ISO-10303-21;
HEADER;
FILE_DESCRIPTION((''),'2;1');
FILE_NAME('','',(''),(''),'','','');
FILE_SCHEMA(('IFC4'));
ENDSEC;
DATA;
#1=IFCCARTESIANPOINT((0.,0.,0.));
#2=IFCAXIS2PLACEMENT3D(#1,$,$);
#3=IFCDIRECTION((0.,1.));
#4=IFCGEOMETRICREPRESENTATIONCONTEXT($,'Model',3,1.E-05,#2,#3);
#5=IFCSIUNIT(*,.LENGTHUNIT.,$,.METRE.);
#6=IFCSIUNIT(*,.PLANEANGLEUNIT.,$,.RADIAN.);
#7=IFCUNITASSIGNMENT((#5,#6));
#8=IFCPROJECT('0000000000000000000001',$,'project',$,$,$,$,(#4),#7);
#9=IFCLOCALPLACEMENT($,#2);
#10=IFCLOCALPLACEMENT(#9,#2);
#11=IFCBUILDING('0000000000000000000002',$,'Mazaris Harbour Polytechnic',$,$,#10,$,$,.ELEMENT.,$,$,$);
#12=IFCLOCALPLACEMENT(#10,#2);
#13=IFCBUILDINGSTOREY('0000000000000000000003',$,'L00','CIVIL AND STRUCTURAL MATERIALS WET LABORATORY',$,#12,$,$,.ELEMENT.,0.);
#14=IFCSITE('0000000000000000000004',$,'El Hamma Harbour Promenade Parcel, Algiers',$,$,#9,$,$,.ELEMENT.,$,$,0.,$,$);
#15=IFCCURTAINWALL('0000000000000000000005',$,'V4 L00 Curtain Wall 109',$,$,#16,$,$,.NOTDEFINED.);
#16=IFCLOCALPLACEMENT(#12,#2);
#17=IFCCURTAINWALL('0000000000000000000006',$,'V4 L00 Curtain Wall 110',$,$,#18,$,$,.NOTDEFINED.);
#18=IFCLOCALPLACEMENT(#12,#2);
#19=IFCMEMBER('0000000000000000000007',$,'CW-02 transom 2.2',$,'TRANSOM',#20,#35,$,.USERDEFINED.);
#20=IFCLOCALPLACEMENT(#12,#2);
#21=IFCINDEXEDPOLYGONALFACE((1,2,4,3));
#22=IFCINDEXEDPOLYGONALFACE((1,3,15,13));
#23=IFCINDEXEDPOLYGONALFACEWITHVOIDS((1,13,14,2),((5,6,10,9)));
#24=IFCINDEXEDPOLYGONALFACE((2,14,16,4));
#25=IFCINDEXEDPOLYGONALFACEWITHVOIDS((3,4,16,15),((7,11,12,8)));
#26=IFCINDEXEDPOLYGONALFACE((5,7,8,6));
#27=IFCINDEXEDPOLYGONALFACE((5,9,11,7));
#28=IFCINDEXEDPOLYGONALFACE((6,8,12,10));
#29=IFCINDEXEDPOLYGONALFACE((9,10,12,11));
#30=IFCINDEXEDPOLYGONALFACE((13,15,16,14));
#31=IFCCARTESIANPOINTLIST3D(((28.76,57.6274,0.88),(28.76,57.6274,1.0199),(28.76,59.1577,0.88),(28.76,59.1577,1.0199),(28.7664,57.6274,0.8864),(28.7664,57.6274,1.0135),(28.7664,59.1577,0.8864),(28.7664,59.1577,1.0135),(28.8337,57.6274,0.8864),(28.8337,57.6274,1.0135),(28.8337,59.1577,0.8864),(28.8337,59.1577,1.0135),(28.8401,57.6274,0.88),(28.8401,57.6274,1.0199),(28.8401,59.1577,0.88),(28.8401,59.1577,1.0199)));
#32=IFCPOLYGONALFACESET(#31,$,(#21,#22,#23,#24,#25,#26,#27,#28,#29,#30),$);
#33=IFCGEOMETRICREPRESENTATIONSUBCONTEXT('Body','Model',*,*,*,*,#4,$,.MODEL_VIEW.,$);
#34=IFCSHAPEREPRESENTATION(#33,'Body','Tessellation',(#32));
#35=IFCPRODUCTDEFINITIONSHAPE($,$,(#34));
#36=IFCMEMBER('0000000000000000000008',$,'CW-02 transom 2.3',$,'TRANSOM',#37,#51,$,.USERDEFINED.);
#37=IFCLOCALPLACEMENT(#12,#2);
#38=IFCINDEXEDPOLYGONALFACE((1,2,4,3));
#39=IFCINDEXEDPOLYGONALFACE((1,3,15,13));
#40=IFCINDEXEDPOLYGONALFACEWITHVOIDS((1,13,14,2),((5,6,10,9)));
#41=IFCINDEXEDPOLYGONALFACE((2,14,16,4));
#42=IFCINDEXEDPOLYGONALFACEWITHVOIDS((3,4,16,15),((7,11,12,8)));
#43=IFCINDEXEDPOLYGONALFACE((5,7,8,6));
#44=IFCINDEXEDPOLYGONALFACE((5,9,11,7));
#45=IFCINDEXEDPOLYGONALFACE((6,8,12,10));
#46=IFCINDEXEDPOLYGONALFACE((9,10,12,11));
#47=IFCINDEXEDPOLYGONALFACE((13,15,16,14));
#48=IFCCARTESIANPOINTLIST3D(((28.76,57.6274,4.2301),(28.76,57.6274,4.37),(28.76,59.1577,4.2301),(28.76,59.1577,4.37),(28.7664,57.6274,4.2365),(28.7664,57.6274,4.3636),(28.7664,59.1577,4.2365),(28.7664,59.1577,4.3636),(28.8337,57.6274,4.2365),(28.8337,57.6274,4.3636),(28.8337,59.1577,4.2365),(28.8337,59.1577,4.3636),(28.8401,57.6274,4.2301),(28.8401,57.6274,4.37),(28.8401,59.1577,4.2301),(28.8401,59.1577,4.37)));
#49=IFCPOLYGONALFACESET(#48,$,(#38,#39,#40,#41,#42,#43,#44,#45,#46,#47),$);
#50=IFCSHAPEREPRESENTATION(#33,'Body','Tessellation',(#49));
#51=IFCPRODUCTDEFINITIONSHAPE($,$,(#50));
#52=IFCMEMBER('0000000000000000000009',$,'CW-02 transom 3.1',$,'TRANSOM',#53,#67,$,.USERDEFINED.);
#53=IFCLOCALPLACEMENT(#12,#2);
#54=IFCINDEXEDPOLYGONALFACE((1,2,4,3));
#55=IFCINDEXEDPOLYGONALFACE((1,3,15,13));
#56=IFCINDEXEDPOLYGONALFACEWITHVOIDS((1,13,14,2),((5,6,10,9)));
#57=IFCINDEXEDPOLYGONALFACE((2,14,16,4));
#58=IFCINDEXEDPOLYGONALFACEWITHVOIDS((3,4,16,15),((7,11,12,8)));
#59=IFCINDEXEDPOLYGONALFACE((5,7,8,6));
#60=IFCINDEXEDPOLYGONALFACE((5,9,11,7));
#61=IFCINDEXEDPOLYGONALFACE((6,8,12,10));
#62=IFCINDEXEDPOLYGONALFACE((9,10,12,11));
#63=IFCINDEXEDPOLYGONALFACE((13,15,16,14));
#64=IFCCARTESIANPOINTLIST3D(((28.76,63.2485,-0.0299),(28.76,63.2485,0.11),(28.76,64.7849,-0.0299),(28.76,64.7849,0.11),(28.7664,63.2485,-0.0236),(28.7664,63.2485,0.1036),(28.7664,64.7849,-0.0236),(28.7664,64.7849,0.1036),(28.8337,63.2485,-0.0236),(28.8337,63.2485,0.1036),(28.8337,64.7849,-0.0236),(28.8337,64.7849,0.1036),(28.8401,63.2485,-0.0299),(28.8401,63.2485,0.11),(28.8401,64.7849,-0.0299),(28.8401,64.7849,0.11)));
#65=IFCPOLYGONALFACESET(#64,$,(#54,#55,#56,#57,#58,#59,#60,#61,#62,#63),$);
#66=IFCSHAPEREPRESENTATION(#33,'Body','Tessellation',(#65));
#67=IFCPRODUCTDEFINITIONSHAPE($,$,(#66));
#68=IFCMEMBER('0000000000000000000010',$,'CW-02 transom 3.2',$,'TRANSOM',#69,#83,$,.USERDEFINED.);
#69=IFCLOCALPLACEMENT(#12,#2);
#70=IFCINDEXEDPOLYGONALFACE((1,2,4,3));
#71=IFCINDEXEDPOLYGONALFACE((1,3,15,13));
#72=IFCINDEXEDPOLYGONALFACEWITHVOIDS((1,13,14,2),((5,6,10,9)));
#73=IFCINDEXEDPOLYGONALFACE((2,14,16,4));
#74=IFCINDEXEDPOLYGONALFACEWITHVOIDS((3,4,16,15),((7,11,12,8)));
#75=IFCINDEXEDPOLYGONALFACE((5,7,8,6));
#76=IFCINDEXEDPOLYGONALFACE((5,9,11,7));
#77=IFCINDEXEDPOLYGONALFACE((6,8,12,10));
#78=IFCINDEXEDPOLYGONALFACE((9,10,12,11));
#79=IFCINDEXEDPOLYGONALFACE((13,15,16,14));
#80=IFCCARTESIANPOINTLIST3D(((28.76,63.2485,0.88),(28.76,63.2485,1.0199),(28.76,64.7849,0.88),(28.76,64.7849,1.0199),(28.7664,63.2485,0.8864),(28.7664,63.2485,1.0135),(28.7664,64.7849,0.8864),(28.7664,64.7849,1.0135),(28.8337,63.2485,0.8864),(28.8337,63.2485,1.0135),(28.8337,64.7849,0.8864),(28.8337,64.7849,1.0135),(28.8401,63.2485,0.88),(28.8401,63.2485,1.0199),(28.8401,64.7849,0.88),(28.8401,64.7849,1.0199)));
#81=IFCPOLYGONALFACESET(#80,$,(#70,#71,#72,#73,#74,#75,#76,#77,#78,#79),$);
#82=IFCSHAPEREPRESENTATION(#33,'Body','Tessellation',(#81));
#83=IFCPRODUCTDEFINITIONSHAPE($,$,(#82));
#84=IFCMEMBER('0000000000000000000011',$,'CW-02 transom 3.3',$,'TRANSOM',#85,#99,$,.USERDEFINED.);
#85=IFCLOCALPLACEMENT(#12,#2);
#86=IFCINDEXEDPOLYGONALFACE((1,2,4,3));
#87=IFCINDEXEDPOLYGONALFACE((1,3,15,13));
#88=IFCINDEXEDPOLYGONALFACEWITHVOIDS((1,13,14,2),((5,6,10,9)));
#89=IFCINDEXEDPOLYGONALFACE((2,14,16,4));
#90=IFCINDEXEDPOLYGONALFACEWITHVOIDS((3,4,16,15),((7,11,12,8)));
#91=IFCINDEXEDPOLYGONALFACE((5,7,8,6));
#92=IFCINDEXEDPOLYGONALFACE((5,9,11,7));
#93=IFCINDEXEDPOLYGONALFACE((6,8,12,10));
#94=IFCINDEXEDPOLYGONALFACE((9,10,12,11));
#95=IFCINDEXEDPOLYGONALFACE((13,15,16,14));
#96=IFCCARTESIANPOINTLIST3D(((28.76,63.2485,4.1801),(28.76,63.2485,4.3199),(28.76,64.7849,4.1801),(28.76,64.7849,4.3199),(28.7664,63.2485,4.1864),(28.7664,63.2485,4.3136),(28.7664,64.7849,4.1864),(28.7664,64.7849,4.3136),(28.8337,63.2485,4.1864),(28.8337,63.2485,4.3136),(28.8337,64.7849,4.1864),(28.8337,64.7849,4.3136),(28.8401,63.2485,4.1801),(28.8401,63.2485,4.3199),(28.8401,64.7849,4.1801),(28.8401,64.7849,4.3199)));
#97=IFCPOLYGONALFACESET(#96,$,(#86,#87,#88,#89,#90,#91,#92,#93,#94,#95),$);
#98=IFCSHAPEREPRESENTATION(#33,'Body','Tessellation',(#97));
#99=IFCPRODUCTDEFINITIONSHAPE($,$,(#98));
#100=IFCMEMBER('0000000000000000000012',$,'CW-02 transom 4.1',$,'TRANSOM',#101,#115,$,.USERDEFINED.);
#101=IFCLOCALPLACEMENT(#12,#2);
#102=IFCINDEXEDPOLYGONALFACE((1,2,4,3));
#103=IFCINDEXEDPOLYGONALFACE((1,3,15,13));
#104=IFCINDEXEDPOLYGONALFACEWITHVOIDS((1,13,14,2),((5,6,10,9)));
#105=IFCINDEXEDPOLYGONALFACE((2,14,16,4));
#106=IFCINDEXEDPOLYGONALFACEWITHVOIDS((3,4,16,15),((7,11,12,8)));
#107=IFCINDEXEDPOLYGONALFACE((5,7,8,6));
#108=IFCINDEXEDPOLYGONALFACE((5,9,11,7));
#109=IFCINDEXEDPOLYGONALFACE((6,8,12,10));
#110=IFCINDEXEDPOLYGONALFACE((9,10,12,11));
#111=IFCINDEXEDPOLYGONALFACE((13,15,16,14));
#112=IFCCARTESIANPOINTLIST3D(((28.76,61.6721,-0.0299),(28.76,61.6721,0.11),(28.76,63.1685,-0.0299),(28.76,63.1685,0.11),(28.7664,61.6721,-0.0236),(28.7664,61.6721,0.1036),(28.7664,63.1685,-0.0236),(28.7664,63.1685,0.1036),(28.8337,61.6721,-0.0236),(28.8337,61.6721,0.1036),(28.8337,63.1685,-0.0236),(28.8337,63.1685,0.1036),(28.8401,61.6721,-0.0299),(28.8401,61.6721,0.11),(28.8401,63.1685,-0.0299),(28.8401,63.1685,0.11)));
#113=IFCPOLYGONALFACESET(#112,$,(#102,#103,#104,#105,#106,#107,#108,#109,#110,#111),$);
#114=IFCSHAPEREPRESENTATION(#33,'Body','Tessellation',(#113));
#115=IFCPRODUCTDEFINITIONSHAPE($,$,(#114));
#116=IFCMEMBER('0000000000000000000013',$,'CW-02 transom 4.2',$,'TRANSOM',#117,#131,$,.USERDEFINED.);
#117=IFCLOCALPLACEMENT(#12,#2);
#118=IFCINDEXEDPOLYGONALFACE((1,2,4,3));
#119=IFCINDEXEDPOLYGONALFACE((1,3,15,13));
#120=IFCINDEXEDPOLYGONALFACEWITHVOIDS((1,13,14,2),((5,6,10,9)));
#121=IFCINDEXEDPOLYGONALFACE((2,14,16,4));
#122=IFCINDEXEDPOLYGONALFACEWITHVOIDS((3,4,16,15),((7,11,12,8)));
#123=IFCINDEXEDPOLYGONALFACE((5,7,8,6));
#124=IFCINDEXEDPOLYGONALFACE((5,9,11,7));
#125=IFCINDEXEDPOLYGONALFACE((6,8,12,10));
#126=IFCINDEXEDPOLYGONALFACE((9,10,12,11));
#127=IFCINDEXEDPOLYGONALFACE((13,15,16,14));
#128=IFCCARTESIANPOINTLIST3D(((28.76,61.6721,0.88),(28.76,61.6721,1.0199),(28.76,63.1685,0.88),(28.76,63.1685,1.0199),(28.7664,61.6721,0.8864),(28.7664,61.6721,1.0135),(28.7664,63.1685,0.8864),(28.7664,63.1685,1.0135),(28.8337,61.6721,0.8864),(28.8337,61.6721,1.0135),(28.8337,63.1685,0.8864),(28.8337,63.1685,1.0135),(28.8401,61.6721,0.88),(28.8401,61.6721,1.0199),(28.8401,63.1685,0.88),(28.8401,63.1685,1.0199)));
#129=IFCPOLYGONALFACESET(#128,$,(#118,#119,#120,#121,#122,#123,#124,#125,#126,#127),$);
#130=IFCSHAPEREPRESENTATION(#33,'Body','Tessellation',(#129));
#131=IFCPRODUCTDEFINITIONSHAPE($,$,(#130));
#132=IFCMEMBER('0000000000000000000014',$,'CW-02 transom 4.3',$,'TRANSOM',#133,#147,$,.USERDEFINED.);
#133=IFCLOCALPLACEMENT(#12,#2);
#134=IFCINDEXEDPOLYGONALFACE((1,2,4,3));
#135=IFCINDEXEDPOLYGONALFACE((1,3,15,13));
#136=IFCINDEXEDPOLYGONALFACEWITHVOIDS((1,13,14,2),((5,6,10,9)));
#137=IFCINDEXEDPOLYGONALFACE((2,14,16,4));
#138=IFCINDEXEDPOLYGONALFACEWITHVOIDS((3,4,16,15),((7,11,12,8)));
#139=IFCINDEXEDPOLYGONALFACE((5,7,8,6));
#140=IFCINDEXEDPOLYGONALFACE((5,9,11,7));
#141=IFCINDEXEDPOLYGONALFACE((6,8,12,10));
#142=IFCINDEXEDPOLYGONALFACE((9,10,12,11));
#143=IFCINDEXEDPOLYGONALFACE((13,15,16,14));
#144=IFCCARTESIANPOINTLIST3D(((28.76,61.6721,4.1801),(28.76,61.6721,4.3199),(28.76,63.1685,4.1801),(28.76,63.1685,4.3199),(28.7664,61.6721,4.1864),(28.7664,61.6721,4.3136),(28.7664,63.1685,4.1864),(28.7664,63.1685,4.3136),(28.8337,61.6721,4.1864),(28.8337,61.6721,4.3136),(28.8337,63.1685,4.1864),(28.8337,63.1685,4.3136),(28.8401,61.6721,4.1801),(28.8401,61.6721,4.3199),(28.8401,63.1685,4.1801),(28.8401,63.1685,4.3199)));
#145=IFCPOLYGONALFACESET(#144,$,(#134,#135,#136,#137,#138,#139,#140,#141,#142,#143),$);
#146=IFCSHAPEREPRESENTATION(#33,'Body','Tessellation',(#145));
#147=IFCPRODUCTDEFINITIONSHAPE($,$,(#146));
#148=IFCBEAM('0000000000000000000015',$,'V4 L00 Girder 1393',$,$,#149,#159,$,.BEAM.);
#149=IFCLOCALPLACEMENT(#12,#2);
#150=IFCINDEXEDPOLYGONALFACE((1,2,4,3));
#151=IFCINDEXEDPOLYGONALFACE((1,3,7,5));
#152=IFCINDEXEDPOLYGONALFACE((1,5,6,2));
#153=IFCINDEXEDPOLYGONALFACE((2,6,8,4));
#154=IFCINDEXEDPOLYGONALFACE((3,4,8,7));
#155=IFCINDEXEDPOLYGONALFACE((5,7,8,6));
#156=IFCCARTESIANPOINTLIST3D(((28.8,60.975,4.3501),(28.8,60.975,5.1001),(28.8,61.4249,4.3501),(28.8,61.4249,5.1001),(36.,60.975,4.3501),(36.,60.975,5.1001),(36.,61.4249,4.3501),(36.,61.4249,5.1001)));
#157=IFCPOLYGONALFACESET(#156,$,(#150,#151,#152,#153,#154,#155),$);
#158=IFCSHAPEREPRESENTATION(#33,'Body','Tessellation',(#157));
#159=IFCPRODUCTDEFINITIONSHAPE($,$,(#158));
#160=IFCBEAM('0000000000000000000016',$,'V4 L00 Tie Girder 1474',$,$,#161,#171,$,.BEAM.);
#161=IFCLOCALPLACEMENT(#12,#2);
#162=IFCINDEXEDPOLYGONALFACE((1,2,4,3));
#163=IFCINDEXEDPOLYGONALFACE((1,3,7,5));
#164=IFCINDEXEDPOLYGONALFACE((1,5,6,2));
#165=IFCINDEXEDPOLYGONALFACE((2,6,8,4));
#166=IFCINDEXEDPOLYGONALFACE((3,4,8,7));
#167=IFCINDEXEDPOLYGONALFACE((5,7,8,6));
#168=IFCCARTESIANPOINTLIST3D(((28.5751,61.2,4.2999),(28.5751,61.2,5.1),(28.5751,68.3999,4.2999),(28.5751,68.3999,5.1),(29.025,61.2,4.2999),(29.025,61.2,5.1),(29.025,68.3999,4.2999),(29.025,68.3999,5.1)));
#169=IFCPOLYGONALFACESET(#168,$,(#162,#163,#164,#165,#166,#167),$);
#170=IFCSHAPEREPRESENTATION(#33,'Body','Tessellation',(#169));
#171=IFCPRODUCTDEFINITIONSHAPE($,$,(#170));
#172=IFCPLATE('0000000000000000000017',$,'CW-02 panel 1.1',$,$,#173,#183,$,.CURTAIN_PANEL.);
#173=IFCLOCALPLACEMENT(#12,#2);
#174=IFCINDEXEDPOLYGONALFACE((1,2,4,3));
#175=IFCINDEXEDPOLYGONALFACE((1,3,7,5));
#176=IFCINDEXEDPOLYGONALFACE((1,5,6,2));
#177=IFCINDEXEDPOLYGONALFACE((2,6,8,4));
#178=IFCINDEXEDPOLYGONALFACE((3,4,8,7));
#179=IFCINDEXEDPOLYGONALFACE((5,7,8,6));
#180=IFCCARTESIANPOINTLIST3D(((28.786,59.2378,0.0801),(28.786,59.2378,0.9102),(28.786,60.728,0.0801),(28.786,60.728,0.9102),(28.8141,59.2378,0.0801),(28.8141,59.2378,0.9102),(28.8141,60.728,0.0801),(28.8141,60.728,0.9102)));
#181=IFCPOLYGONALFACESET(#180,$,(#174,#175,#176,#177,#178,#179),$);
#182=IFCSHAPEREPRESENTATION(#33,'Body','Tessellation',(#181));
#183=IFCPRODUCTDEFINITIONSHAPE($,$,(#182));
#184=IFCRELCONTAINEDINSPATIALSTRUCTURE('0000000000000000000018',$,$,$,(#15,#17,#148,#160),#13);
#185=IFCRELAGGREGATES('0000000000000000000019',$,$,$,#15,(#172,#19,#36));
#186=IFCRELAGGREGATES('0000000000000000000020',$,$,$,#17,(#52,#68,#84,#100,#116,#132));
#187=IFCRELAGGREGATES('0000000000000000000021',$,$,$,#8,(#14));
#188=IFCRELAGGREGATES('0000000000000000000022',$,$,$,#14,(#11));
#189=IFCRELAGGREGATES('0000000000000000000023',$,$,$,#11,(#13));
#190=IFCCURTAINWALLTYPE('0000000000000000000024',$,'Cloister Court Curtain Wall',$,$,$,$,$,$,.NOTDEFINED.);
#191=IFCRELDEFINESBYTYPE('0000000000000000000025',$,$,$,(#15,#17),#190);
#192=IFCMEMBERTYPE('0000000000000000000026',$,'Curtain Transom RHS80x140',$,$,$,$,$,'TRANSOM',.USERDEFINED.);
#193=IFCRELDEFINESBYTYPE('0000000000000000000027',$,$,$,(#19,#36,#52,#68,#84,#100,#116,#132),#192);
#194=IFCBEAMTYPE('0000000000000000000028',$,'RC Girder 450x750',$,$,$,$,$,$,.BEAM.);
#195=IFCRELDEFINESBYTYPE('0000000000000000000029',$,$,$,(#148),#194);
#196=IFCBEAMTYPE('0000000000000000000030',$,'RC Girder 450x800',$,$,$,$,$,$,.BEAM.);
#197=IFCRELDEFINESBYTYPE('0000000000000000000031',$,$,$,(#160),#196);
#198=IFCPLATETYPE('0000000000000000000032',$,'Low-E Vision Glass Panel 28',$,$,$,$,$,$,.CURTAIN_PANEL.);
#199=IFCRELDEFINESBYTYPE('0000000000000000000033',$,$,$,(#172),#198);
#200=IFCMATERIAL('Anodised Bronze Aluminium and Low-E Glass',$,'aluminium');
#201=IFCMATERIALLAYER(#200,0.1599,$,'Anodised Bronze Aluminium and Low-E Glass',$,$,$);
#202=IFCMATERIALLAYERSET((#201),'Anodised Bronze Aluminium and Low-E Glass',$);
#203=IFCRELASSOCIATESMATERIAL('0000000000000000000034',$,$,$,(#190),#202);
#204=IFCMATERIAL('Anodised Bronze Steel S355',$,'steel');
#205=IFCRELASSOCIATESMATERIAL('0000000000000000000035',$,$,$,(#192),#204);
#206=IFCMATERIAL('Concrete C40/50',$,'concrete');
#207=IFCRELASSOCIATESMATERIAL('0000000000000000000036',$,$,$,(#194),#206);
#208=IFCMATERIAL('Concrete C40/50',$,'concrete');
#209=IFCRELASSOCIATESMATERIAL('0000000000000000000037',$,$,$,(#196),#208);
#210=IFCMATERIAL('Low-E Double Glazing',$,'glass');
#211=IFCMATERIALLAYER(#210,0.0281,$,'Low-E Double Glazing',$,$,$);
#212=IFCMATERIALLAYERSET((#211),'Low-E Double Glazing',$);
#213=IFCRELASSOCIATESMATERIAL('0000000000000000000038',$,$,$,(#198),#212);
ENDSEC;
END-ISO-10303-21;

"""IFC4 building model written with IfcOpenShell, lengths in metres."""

from ifc_helpers import new_model, si_unit, direction, frame, origin, origin_2d, place, context, subcontext, project, spatial, rectangle, hollow_rectangle, extrude, material, layer, layer_set, material_profile, profile_set, type_object, element, aggregate, save


model = new_model("IFC4")

# Units and contexts
model_context = context("Model", 3, precision=1e-05, world=origin(), true_north=direction((0.0, 1.0)))
body_context = subcontext(model_context, "Body", "Model", "MODEL_VIEW")
ifc_project = project(units=[si_unit("LENGTHUNIT", "METRE"), si_unit("PLANEANGLEUNIT", "RADIAN")], contexts=[model_context])

# Site, building, storey
site_placement = place(None, origin())
site = spatial("IfcSite", under=ifc_project, at=site_placement, Name="El Hamma Harbour Promenade Parcel, Algiers", CompositionType="ELEMENT", RefElevation=0.0)
building_placement = place(site_placement, origin())
building = spatial("IfcBuilding", under=site, at=building_placement, Name="Mazaris Harbour Polytechnic", CompositionType="ELEMENT")
storey_placement = place(building_placement, origin())
storey = spatial("IfcBuildingStorey", under=building, at=storey_placement, Name="L00", Description="CIVIL AND STRUCTURAL MATERIALS WET LABORATORY", CompositionType="ELEMENT", Elevation=0.0)

# Curtain walls
ifc_material_1 = material(Name="Anodised Bronze Aluminium and Low-E Glass", Category="aluminium")
ifc_layer_1 = layer(ifc_material_1, 0.1599, Name="Anodised Bronze Aluminium and Low-E Glass")
ifc_layer_set_1 = layer_set([ifc_layer_1], Name="Anodised Bronze Aluminium and Low-E Glass")
curtain_wall_type = type_object("IfcCurtainWallType", Name="Cloister Court Curtain Wall", PredefinedType="NOTDEFINED", material=ifc_layer_set_1)
curtain_wall_1_placement = place(storey_placement, origin())
curtain_wall_1 = element("IfcCurtainWall", 1, at=curtain_wall_1_placement, inside=storey, type_object=curtain_wall_type, Name="V4 L00 Curtain Wall 109", PredefinedType="NOTDEFINED")
curtain_wall_2_placement = place(storey_placement, origin())
curtain_wall_2 = element("IfcCurtainWall", 2, at=curtain_wall_2_placement, inside=storey, type_object=curtain_wall_type, Name="V4 L00 Curtain Wall 110", PredefinedType="NOTDEFINED")

# Members
ifc_material_2 = material(Name="Anodised Bronze Steel S355", Category="steel")
ifc_material_profile_1 = material_profile(ifc_material_2, hollow_rectangle(XDim=0.0801, YDim=0.1399, WallThickness=0.0063, at=origin_2d()), Name="RHS 80x140x6.3")
ifc_profile_set_1 = profile_set([ifc_material_profile_1], Name="Anodised Bronze Steel S355")
member_type_1 = type_object("IfcMemberType", Name="Curtain Transom RHS80x140", ElementType="TRANSOM", PredefinedType="USERDEFINED", material=ifc_profile_set_1)
member_1_placement = place(storey_placement, frame((28.8, 59.1577, 0.95), z_axis=(0.0, -1.0, 0.0), x_axis=(1.0, 0.0, 0.0)))
member_1 = element("IfcMember", 3, at=member_1_placement, type_object=member_type_1, Name="CW-02 transom 2.2", ObjectType="TRANSOM", PredefinedType="USERDEFINED", context=body_context, shape_type="SweptSolid", body=[
    extrude(hollow_rectangle(XDim=0.0801, YDim=0.1399, WallThickness=0.0063, at=origin_2d()), origin(), (0.0, 0.0, 1.0), 1.5303),
])
member_2_placement = place(storey_placement, frame((28.8, 59.1577, 4.3), z_axis=(0.0, -1.0, 0.0), x_axis=(1.0, 0.0, 0.0)))
member_2 = element("IfcMember", 4, at=member_2_placement, type_object=member_type_1, Name="CW-02 transom 2.3", ObjectType="TRANSOM", PredefinedType="USERDEFINED", context=body_context, shape_type="SweptSolid", body=[
    extrude(hollow_rectangle(XDim=0.0801, YDim=0.1399, WallThickness=0.0063, at=origin_2d()), origin(), (0.0, 0.0, 1.0), 1.5303),
])
member_3_placement = place(storey_placement, frame((28.8, 64.7849, 0.04), z_axis=(0.0, -1.0, 0.0), x_axis=(1.0, 0.0, 0.0)))
member_3 = element("IfcMember", 5, at=member_3_placement, type_object=member_type_1, Name="CW-02 transom 3.1", ObjectType="TRANSOM", PredefinedType="USERDEFINED", context=body_context, shape_type="SweptSolid", body=[
    extrude(hollow_rectangle(XDim=0.0801, YDim=0.1399, WallThickness=0.0063, at=origin_2d()), origin(), (0.0, 0.0, 1.0), 1.5364),
])
member_4_placement = place(storey_placement, frame((28.8, 64.7849, 0.95), z_axis=(0.0, -1.0, 0.0), x_axis=(1.0, 0.0, 0.0)))
member_4 = element("IfcMember", 6, at=member_4_placement, type_object=member_type_1, Name="CW-02 transom 3.2", ObjectType="TRANSOM", PredefinedType="USERDEFINED", context=body_context, shape_type="SweptSolid", body=[
    extrude(hollow_rectangle(XDim=0.0801, YDim=0.1399, WallThickness=0.0063, at=origin_2d()), origin(), (0.0, 0.0, 1.0), 1.5364),
])
member_5_placement = place(storey_placement, frame((28.8, 64.7849, 4.25), z_axis=(0.0, -1.0, 0.0), x_axis=(1.0, 0.0, 0.0)))
member_5 = element("IfcMember", 7, at=member_5_placement, type_object=member_type_1, Name="CW-02 transom 3.3", ObjectType="TRANSOM", PredefinedType="USERDEFINED", context=body_context, shape_type="SweptSolid", body=[
    extrude(hollow_rectangle(XDim=0.0801, YDim=0.1399, WallThickness=0.0063, at=origin_2d()), origin(), (0.0, 0.0, 1.0), 1.5364),
])
member_6_placement = place(storey_placement, frame((28.8, 63.1685, 0.04), z_axis=(0.0, -1.0, 0.0), x_axis=(1.0, 0.0, 0.0)))
member_6 = element("IfcMember", 8, at=member_6_placement, type_object=member_type_1, Name="CW-02 transom 4.1", ObjectType="TRANSOM", PredefinedType="USERDEFINED", context=body_context, shape_type="SweptSolid", body=[
    extrude(hollow_rectangle(XDim=0.0801, YDim=0.1399, WallThickness=0.0063, at=origin_2d()), origin(), (0.0, 0.0, 1.0), 1.4963),
])
member_7_placement = place(storey_placement, frame((28.8, 63.1685, 0.95), z_axis=(0.0, -1.0, 0.0), x_axis=(1.0, 0.0, 0.0)))
member_7 = element("IfcMember", 9, at=member_7_placement, type_object=member_type_1, Name="CW-02 transom 4.2", ObjectType="TRANSOM", PredefinedType="USERDEFINED", context=body_context, shape_type="SweptSolid", body=[
    extrude(hollow_rectangle(XDim=0.0801, YDim=0.1399, WallThickness=0.0063, at=origin_2d()), origin(), (0.0, 0.0, 1.0), 1.4963),
])
member_8_placement = place(storey_placement, frame((28.8, 63.1685, 4.25), z_axis=(0.0, -1.0, 0.0), x_axis=(1.0, 0.0, 0.0)))
member_8 = element("IfcMember", 10, at=member_8_placement, type_object=member_type_1, Name="CW-02 transom 4.3", ObjectType="TRANSOM", PredefinedType="USERDEFINED", context=body_context, shape_type="SweptSolid", body=[
    extrude(hollow_rectangle(XDim=0.0801, YDim=0.1399, WallThickness=0.0063, at=origin_2d()), origin(), (0.0, 0.0, 1.0), 1.4963),
])

# Beams
ifc_material_3 = material(Name="Concrete C40/50", Category="concrete")
ifc_material_profile_2 = material_profile(ifc_material_3, rectangle(XDim=0.45, YDim=0.75, at=origin_2d()), Name="RECT450x750")
ifc_profile_set_2 = profile_set([ifc_material_profile_2], Name="Concrete C40/50")
beam_type_1 = type_object("IfcBeamType", Name="RC Girder 450x750", PredefinedType="BEAM", material=ifc_profile_set_2)
beam_1_placement = place(storey_placement, frame((28.8, 61.2, 4.7251), z_axis=(1.0, 0.0, 0.0), x_axis=(0.0, 1.0, 0.0)))
element("IfcBeam", 11, at=beam_1_placement, inside=storey, type_object=beam_type_1, Name="V4 L00 Girder 1393", PredefinedType="BEAM", context=body_context, shape_type="SweptSolid", body=[
    extrude(rectangle(XDim=0.45, YDim=0.75, at=origin_2d()), origin(), (0.0, 0.0, 1.0), 7.2),
])
ifc_material_4 = material(Name="Concrete C40/50", Category="concrete")
ifc_material_profile_3 = material_profile(ifc_material_4, rectangle(XDim=0.45, YDim=0.8, at=origin_2d()), Name="RECT450x800")
ifc_profile_set_3 = profile_set([ifc_material_profile_3], Name="Concrete C40/50")
beam_type_2 = type_object("IfcBeamType", Name="RC Girder 450x800", PredefinedType="BEAM", material=ifc_profile_set_3)
beam_2_placement = place(storey_placement, frame((28.8, 61.2, 4.7), z_axis=(0.0, 1.0, 0.0), x_axis=(-1.0, 0.0, 0.0)))
element("IfcBeam", 12, at=beam_2_placement, inside=storey, type_object=beam_type_2, Name="V4 L00 Tie Girder 1474", PredefinedType="BEAM", context=body_context, shape_type="SweptSolid", body=[
    extrude(rectangle(XDim=0.45, YDim=0.8, at=origin_2d()), origin(), (0.0, 0.0, 1.0), 7.2),
])

# Plate
ifc_material_5 = material(Name="Low-E Double Glazing", Category="glass")
ifc_layer_2 = layer(ifc_material_5, 0.0281, Name="Low-E Double Glazing")
ifc_layer_set_2 = layer_set([ifc_layer_2], Name="Low-E Double Glazing")
plate_type = type_object("IfcPlateType", Name="Low-E Vision Glass Panel 28", PredefinedType="CURTAIN_PANEL", material=ifc_layer_set_2)
plate_1_placement = place(storey_placement, frame((28.8, 59.9829, 0.0801), z_axis=(0.0, 0.0, 1.0), x_axis=(0.0, -1.0, 0.0)))
plate_1 = element("IfcPlate", 13, at=plate_1_placement, type_object=plate_type, Name="CW-02 panel 1.1", PredefinedType="CURTAIN_PANEL", context=body_context, shape_type="SweptSolid", body=[
    extrude(rectangle(XDim=1.4902, YDim=0.0281, at=origin_2d()), origin(), (0.0, 0.0, 1.0), 0.8301),
])
aggregate(curtain_wall_1, [plate_1, member_1, member_2])
aggregate(curtain_wall_2, [member_3, member_4, member_5, member_6, member_7, member_8])

save(model, "model.ifc")
